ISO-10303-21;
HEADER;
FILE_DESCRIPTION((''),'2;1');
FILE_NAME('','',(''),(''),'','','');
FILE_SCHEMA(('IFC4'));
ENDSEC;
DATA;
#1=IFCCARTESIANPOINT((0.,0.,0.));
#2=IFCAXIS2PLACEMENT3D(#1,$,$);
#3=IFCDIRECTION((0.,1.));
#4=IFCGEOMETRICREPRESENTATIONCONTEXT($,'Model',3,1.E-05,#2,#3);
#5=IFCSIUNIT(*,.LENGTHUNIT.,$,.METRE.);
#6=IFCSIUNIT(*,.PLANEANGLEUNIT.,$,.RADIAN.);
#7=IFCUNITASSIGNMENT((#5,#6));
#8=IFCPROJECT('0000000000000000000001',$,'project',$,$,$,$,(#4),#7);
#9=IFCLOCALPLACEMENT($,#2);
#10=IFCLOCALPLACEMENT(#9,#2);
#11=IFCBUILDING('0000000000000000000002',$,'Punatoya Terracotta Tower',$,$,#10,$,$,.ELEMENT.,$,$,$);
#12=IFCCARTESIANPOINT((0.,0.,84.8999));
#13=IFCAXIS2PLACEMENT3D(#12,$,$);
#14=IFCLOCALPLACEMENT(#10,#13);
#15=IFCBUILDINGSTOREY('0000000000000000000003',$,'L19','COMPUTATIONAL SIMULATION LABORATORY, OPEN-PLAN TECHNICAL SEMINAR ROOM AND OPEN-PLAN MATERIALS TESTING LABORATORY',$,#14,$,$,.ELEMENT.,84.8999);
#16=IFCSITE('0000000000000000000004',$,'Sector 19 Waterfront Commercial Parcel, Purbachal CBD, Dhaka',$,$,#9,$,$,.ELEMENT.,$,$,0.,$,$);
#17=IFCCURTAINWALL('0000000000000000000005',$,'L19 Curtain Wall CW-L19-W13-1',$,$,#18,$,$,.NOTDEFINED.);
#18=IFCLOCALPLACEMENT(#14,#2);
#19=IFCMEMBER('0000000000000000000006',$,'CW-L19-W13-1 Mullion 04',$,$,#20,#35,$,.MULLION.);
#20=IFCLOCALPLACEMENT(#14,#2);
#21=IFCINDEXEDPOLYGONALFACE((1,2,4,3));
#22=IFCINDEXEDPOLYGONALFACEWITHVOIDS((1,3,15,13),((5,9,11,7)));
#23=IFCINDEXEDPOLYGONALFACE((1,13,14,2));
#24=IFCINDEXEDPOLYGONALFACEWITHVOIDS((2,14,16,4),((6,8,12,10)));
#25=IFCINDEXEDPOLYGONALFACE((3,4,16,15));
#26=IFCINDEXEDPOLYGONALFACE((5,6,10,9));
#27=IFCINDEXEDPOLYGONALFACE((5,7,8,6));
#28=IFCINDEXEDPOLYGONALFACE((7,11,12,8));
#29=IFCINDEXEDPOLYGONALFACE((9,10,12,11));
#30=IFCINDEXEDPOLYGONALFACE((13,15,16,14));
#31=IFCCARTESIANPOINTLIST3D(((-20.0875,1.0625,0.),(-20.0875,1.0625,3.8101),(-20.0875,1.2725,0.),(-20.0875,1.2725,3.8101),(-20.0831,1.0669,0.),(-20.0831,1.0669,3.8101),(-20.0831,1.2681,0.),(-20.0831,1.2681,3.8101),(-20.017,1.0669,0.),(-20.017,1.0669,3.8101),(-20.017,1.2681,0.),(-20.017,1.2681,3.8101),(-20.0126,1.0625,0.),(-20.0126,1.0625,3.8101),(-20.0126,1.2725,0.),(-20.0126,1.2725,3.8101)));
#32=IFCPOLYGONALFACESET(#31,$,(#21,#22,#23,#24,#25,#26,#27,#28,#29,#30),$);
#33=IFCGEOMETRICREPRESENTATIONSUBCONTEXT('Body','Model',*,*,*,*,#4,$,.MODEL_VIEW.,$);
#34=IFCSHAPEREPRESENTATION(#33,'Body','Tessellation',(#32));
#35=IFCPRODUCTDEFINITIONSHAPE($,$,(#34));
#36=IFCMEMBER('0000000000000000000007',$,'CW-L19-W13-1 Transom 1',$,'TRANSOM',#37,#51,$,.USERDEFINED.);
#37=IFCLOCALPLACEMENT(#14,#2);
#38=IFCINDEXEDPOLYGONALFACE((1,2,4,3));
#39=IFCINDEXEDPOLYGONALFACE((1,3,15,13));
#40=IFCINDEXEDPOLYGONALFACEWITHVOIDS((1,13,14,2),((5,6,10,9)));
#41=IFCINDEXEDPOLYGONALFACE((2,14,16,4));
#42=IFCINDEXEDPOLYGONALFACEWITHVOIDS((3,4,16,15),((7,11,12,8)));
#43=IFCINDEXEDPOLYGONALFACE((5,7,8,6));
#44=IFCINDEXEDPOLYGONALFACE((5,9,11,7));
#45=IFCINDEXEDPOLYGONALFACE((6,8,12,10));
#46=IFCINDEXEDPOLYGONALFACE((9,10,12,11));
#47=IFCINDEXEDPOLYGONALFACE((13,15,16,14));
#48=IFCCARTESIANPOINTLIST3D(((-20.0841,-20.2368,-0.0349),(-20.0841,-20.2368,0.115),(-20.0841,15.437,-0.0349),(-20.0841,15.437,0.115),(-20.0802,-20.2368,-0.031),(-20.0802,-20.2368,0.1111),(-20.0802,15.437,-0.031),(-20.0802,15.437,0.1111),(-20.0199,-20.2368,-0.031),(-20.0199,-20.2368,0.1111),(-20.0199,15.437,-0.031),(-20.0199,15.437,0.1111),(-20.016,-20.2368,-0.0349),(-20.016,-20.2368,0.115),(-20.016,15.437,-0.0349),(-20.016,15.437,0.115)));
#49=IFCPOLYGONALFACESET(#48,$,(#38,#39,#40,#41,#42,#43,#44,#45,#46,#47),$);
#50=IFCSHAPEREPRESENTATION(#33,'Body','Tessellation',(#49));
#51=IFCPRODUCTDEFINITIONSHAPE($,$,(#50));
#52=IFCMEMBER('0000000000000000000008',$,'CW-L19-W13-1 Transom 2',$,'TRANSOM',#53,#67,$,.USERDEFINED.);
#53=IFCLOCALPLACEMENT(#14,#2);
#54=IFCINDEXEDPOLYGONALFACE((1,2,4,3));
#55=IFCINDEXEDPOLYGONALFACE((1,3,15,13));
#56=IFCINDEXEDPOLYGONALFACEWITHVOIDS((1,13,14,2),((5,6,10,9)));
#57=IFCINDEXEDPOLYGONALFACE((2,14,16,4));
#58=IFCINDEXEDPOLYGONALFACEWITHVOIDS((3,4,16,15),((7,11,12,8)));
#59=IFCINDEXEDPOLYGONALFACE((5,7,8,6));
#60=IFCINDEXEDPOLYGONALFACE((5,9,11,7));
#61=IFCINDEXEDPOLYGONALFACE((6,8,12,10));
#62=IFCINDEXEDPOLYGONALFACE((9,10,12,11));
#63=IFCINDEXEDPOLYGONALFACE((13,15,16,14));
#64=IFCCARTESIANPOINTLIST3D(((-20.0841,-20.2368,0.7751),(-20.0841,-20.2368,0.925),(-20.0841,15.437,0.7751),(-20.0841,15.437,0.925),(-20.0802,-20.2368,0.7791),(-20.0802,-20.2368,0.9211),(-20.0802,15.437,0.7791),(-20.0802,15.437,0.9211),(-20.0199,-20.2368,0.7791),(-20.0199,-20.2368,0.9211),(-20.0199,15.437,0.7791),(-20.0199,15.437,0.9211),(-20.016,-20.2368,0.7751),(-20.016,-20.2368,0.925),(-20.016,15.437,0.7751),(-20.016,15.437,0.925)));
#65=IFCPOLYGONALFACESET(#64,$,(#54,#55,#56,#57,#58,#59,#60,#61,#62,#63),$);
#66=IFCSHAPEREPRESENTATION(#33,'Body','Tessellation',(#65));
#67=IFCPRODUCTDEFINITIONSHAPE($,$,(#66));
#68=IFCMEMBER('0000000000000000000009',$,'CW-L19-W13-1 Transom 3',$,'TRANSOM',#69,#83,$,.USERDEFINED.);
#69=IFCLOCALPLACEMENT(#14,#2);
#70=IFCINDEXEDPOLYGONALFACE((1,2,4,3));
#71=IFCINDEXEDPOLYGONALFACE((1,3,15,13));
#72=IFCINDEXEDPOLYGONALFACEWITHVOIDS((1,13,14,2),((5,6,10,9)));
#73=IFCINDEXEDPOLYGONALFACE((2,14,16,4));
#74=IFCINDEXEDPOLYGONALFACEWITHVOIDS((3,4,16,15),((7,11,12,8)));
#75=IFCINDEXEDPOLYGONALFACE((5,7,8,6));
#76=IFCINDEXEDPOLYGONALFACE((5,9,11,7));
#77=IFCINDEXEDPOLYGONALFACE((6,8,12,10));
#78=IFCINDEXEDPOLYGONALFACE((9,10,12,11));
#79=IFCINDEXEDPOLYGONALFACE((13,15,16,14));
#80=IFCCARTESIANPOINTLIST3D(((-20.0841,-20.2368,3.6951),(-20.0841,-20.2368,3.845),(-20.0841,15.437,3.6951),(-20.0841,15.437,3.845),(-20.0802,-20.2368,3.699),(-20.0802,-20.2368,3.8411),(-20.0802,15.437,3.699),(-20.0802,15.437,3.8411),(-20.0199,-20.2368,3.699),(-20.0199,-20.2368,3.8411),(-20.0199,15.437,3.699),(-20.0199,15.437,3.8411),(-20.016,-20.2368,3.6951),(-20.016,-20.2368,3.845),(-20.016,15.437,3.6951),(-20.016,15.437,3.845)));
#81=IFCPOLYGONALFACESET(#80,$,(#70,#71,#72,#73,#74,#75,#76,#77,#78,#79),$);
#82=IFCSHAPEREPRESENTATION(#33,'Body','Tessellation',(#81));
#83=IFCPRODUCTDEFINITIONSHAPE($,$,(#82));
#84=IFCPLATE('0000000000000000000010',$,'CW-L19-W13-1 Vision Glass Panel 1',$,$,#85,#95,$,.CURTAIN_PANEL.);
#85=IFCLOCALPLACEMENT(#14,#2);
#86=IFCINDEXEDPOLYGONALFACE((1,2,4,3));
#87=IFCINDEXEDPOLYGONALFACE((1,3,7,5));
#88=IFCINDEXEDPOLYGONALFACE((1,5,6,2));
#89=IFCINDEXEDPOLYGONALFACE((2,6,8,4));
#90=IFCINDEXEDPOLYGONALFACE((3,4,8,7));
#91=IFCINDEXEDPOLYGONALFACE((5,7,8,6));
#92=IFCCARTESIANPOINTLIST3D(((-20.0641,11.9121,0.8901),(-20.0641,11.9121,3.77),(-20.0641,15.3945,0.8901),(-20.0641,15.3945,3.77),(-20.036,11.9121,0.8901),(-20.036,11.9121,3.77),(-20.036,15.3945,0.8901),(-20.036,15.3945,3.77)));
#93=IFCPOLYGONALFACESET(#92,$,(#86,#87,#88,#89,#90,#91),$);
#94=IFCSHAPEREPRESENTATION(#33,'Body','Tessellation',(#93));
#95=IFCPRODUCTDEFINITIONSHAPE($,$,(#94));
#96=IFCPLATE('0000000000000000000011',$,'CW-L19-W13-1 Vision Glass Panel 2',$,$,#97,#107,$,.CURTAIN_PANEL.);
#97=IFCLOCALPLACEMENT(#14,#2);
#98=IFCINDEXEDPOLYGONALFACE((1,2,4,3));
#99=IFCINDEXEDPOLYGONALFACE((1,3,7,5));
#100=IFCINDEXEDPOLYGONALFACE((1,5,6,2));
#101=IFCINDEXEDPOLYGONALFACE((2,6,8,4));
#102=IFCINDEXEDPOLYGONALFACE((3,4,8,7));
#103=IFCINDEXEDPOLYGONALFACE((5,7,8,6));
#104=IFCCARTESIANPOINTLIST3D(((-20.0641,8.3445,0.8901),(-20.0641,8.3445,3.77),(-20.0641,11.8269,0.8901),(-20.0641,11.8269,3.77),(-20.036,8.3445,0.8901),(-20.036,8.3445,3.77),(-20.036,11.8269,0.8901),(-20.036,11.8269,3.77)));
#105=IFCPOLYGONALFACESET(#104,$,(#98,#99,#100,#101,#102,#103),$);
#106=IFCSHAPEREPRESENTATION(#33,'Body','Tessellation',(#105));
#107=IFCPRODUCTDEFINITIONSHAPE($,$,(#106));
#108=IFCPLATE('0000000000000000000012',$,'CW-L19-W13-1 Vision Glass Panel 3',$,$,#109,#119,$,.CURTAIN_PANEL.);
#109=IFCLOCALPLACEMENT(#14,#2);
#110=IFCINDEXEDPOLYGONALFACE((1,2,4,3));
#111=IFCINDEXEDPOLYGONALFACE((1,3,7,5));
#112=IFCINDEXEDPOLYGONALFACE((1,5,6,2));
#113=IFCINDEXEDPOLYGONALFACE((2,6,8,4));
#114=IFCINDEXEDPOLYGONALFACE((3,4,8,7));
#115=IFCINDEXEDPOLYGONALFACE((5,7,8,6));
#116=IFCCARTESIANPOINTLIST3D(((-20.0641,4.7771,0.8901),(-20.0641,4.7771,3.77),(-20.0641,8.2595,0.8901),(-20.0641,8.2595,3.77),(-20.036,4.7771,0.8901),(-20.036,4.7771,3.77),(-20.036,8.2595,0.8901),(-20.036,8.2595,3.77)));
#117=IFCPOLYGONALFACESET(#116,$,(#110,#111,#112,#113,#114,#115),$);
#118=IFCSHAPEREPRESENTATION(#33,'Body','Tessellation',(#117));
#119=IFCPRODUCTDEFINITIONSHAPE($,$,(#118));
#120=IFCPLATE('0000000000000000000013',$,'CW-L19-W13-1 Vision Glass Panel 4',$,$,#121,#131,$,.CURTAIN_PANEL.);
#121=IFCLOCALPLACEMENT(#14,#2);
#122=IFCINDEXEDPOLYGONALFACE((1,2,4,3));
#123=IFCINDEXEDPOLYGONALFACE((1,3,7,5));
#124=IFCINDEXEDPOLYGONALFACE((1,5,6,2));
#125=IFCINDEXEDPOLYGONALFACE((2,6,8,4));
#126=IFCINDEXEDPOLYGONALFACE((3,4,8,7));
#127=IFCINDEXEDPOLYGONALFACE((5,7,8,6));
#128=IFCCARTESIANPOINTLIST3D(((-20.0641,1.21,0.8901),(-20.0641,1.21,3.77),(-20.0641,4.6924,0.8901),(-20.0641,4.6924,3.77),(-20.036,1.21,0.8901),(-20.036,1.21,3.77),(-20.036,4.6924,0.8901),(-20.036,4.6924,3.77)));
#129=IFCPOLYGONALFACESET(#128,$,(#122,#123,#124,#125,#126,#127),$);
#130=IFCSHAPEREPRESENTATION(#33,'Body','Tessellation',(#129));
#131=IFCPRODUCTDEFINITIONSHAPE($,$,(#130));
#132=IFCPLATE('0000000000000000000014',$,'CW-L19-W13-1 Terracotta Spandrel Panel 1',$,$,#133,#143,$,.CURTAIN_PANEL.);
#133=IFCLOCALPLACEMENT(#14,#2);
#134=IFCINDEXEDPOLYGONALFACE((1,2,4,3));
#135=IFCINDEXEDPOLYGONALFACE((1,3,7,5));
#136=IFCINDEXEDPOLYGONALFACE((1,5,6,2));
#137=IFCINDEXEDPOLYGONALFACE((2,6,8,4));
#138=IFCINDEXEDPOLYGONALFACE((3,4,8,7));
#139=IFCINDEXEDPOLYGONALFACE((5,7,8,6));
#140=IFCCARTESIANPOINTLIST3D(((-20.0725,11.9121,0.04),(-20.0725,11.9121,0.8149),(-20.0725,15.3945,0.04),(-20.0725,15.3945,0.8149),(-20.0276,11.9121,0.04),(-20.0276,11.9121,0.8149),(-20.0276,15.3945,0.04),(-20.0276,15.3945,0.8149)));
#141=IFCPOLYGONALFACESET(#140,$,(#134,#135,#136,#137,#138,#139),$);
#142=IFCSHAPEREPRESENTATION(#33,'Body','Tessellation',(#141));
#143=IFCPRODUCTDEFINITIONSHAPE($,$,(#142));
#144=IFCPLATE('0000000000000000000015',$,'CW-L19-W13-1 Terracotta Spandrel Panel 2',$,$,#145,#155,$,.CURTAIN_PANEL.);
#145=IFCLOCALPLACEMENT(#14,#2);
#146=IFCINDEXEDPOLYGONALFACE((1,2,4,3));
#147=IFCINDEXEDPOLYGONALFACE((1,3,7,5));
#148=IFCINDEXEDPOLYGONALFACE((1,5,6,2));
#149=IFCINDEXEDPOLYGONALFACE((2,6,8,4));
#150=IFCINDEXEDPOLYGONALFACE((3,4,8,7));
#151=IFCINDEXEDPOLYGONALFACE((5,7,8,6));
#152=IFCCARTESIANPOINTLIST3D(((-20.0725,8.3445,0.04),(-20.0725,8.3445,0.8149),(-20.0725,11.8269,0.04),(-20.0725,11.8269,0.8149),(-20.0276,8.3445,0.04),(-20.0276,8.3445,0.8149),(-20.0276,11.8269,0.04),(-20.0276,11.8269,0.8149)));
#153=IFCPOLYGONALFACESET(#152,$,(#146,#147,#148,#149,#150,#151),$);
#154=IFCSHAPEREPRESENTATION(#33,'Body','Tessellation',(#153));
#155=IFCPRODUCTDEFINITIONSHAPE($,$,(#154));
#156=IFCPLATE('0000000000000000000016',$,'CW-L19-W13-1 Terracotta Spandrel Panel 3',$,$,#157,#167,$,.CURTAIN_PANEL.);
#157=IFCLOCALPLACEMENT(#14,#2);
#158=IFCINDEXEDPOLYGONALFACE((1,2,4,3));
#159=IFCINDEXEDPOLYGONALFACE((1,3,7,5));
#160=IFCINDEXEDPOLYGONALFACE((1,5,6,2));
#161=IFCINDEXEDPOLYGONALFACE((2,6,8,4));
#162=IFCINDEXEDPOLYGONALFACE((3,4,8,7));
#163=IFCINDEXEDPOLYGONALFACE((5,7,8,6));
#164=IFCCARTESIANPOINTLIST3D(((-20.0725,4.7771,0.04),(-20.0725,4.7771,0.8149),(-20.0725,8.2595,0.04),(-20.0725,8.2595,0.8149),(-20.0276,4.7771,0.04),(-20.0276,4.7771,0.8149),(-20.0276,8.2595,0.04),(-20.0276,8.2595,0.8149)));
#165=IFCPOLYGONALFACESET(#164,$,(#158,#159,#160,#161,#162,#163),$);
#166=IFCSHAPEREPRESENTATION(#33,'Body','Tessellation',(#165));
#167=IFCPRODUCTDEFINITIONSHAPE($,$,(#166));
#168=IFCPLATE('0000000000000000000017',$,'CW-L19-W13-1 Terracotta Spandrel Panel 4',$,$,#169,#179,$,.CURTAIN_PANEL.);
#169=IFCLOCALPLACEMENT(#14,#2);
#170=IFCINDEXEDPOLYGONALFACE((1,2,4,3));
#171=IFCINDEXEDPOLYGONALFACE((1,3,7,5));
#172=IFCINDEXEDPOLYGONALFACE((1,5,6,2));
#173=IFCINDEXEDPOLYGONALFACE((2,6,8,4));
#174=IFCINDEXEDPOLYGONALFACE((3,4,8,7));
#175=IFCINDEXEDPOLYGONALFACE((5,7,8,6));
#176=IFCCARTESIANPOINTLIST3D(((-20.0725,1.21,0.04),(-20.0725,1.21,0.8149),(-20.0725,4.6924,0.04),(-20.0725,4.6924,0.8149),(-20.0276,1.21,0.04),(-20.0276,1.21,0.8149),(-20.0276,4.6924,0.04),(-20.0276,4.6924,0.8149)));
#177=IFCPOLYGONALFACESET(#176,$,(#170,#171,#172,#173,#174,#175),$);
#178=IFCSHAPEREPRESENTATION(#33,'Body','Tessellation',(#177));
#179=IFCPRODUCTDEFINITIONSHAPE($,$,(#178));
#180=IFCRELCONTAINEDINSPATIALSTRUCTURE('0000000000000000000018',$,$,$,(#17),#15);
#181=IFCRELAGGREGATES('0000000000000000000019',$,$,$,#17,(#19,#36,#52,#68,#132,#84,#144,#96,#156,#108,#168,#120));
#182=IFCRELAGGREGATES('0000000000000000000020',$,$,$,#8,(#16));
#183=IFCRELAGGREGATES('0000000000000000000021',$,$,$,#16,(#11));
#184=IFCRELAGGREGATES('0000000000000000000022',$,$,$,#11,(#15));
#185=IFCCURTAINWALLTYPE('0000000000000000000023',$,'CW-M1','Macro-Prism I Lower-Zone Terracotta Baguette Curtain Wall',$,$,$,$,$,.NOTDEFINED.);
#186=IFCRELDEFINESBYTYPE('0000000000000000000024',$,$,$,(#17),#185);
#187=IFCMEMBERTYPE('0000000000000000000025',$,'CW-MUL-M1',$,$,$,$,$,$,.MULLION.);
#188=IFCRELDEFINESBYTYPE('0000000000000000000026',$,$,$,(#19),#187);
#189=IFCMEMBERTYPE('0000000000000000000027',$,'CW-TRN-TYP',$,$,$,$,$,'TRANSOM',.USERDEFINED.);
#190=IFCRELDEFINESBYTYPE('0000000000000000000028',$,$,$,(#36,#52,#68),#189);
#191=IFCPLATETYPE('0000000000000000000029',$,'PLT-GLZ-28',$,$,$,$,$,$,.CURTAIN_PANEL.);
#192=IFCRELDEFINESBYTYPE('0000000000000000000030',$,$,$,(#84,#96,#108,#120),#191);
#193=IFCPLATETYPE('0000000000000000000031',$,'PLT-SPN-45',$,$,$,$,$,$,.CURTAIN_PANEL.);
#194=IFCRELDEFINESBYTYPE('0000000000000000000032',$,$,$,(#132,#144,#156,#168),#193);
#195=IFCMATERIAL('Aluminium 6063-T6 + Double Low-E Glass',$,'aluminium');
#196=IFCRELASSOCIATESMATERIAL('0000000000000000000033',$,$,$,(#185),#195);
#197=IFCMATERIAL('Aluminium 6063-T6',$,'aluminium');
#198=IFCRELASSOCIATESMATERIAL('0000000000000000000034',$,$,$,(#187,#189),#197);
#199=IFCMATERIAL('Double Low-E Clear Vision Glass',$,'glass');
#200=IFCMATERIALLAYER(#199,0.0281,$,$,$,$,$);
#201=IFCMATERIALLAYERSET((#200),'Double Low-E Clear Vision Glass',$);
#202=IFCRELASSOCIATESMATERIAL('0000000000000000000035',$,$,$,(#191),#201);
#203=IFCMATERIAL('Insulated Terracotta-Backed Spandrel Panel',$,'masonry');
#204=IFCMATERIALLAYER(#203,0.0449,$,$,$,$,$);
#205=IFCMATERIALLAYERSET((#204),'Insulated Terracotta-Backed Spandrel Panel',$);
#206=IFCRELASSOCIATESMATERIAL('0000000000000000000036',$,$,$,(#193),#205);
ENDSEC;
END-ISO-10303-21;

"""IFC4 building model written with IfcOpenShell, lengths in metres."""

from ifc_helpers import new_model, si_unit, direction, frame, origin, origin_2d, place, context, subcontext, project, spatial, rectangle, hollow_rectangle, extrude, material, layer, layer_set, material_profile, profile_set, type_object, element, aggregate, save


model = new_model("IFC4")

# Units and contexts
model_context = context("Model", 3, precision=1e-05, world=origin(), true_north=direction((0.0, 1.0)))
body_context = subcontext(model_context, "Body", "Model", "MODEL_VIEW")
ifc_project = project(units=[si_unit("LENGTHUNIT", "METRE"), si_unit("PLANEANGLEUNIT", "RADIAN")], contexts=[model_context])

# Site, building, storey
site_placement = place(None, origin())
site = spatial("IfcSite", under=ifc_project, at=site_placement, Name="Sector 19 Waterfront Commercial Parcel, Purbachal CBD, Dhaka", CompositionType="ELEMENT", RefElevation=0.0)
building_placement = place(site_placement, origin())
building = spatial("IfcBuilding", under=site, at=building_placement, Name="Punatoya Terracotta Tower", CompositionType="ELEMENT")
storey_placement = place(building_placement, frame((0.0, 0.0, 84.8999)))
storey = spatial("IfcBuildingStorey", under=building, at=storey_placement, Name="L19", Description="COMPUTATIONAL SIMULATION LABORATORY, OPEN-PLAN TECHNICAL SEMINAR ROOM AND OPEN-PLAN MATERIALS TESTING LABORATORY", CompositionType="ELEMENT", Elevation=84.8999)

# Shared definitions
ifc_material_1 = material(Name="Aluminium 6063-T6 + Double Low-E Glass", Category="aluminium")
curtain_wall_type = type_object("IfcCurtainWallType", Name="CW-M1", Description="Macro-Prism I Lower-Zone Terracotta Baguette Curtain Wall", PredefinedType="NOTDEFINED", material=ifc_material_1)
ifc_material_2 = material(Name="Aluminium 6063-T6", Category="aluminium")
ifc_material_profile_1 = material_profile(ifc_material_2, hollow_rectangle(XDim=0.075, YDim=0.21, WallThickness=0.0044, at=origin_2d()))
ifc_profile_set_1 = profile_set([ifc_material_profile_1], Name="Aluminium 6063-T6")
member_type_1 = type_object("IfcMemberType", Name="CW-MUL-M1", PredefinedType="MULLION", material=ifc_profile_set_1)

# Curtain wall, members, plates
curtain_wall_1_placement = place(storey_placement, origin())
curtain_wall_1 = element("IfcCurtainWall", 1, at=curtain_wall_1_placement, inside=storey, type_object=curtain_wall_type, Name="L19 Curtain Wall CW-L19-W13-1", PredefinedType="NOTDEFINED")
member_1_placement = place(storey_placement, frame((-20.05, 1.1675, 0.0), z_axis=(0.0, 0.0, 1.0), x_axis=(1.0, 0.0, 0.0)))
member_1 = element("IfcMember", 2, at=member_1_placement, type_object=member_type_1, Name="CW-L19-W13-1 Mullion 04", PredefinedType="MULLION", context=body_context, shape_type="SweptSolid", body=[
    extrude(hollow_rectangle(XDim=0.075, YDim=0.21, WallThickness=0.0044, at=origin_2d()), origin(), (0.0, 0.0, 1.0), 3.8101),
])
ifc_material_profile_2 = material_profile(ifc_material_2, hollow_rectangle(XDim=0.0681, YDim=0.1499, WallThickness=0.0039, at=origin_2d()))
ifc_profile_set_2 = profile_set([ifc_material_profile_2], Name="Aluminium 6063-T6")
member_type_2 = type_object("IfcMemberType", Name="CW-TRN-TYP", ElementType="TRANSOM", PredefinedType="USERDEFINED", material=ifc_profile_set_2)
member_2_placement = place(storey_placement, frame((-20.05, 15.437, 0.04), z_axis=(0.0, -1.0, 0.0), x_axis=(1.0, 0.0, 0.0)))
member_2 = element("IfcMember", 3, at=member_2_placement, type_object=member_type_2, Name="CW-L19-W13-1 Transom 1", ObjectType="TRANSOM", PredefinedType="USERDEFINED", context=body_context, shape_type="SweptSolid", body=[
    extrude(hollow_rectangle(XDim=0.0681, YDim=0.1499, WallThickness=0.0039, at=origin_2d()), origin(), (0.0, 0.0, 1.0), 35.6738),
])
member_3_placement = place(storey_placement, frame((-20.05, 15.437, 0.8501), z_axis=(0.0, -1.0, 0.0), x_axis=(1.0, 0.0, 0.0)))
member_3 = element("IfcMember", 4, at=member_3_placement, type_object=member_type_2, Name="CW-L19-W13-1 Transom 2", ObjectType="TRANSOM", PredefinedType="USERDEFINED", context=body_context, shape_type="SweptSolid", body=[
    extrude(hollow_rectangle(XDim=0.0681, YDim=0.1499, WallThickness=0.0039, at=origin_2d()), origin(), (0.0, 0.0, 1.0), 35.6738),
])
member_4_placement = place(storey_placement, frame((-20.05, 15.437, 3.77), z_axis=(0.0, -1.0, 0.0), x_axis=(1.0, 0.0, 0.0)))
member_4 = element("IfcMember", 5, at=member_4_placement, type_object=member_type_2, Name="CW-L19-W13-1 Transom 3", ObjectType="TRANSOM", PredefinedType="USERDEFINED", context=body_context, shape_type="SweptSolid", body=[
    extrude(hollow_rectangle(XDim=0.0681, YDim=0.1499, WallThickness=0.0039, at=origin_2d()), origin(), (0.0, 0.0, 1.0), 35.6738),
])
ifc_material_3 = material(Name="Double Low-E Clear Vision Glass", Category="glass")
ifc_layer_1 = layer(ifc_material_3, 0.0281)
ifc_layer_set_1 = layer_set([ifc_layer_1], Name="Double Low-E Clear Vision Glass")
plate_type_1 = type_object("IfcPlateType", Name="PLT-GLZ-28", PredefinedType="CURTAIN_PANEL", material=ifc_layer_set_1)
plate_1_placement = place(storey_placement, frame((-20.05, 13.6533, 0.8901), z_axis=(0.0, 0.0, 1.0), x_axis=(0.0, -1.0, 0.0)))
plate_1 = element("IfcPlate", 6, at=plate_1_placement, type_object=plate_type_1, Name="CW-L19-W13-1 Vision Glass Panel 1", PredefinedType="CURTAIN_PANEL", context=body_context, shape_type="SweptSolid", body=[
    extrude(rectangle(XDim=3.4824, YDim=0.0281, at=origin_2d()), origin(), (0.0, 0.0, 1.0), 2.8799),
])
plate_2_placement = place(storey_placement, frame((-20.05, 10.0857, 0.8901), z_axis=(0.0, 0.0, 1.0), x_axis=(0.0, -1.0, 0.0)))
plate_2 = element("IfcPlate", 7, at=plate_2_placement, type_object=plate_type_1, Name="CW-L19-W13-1 Vision Glass Panel 2", PredefinedType="CURTAIN_PANEL", context=body_context, shape_type="SweptSolid", body=[
    extrude(rectangle(XDim=3.4824, YDim=0.0281, at=origin_2d()), origin(), (0.0, 0.0, 1.0), 2.8799),
])
plate_3_placement = place(storey_placement, frame((-20.05, 6.5183, 0.8901), z_axis=(0.0, 0.0, 1.0), x_axis=(0.0, -1.0, 0.0)))
plate_3 = element("IfcPlate", 8, at=plate_3_placement, type_object=plate_type_1, Name="CW-L19-W13-1 Vision Glass Panel 3", PredefinedType="CURTAIN_PANEL", context=body_context, shape_type="SweptSolid", body=[
    extrude(rectangle(XDim=3.4824, YDim=0.0281, at=origin_2d()), origin(), (0.0, 0.0, 1.0), 2.8799),
])
plate_4_placement = place(storey_placement, frame((-20.05, 2.9512, 0.8901), z_axis=(0.0, 0.0, 1.0), x_axis=(0.0, -1.0, 0.0)))
plate_4 = element("IfcPlate", 9, at=plate_4_placement, type_object=plate_type_1, Name="CW-L19-W13-1 Vision Glass Panel 4", PredefinedType="CURTAIN_PANEL", context=body_context, shape_type="SweptSolid", body=[
    extrude(rectangle(XDim=3.4824, YDim=0.0281, at=origin_2d()), origin(), (0.0, 0.0, 1.0), 2.8799),
])
ifc_material_4 = material(Name="Insulated Terracotta-Backed Spandrel Panel", Category="masonry")
ifc_layer_2 = layer(ifc_material_4, 0.0449)
ifc_layer_set_2 = layer_set([ifc_layer_2], Name="Insulated Terracotta-Backed Spandrel Panel")
plate_type_2 = type_object("IfcPlateType", Name="PLT-SPN-45", PredefinedType="CURTAIN_PANEL", material=ifc_layer_set_2)
plate_5_placement = place(storey_placement, frame((-20.05, 13.6533, 0.04), z_axis=(0.0, 0.0, 1.0), x_axis=(0.0, -1.0, 0.0)))
plate_5 = element("IfcPlate", 10, at=plate_5_placement, type_object=plate_type_2, Name="CW-L19-W13-1 Terracotta Spandrel Panel 1", PredefinedType="CURTAIN_PANEL", context=body_context, shape_type="SweptSolid", body=[
    extrude(rectangle(XDim=3.4824, YDim=0.0449, at=origin_2d()), origin(), (0.0, 0.0, 1.0), 0.7749),
])
plate_6_placement = place(storey_placement, frame((-20.05, 10.0857, 0.04), z_axis=(0.0, 0.0, 1.0), x_axis=(0.0, -1.0, 0.0)))
plate_6 = element("IfcPlate", 11, at=plate_6_placement, type_object=plate_type_2, Name="CW-L19-W13-1 Terracotta Spandrel Panel 2", PredefinedType="CURTAIN_PANEL", context=body_context, shape_type="SweptSolid", body=[
    extrude(rectangle(XDim=3.4824, YDim=0.0449, at=origin_2d()), origin(), (0.0, 0.0, 1.0), 0.7749),
])
plate_7_placement = place(storey_placement, frame((-20.05, 6.5183, 0.04), z_axis=(0.0, 0.0, 1.0), x_axis=(0.0, -1.0, 0.0)))
plate_7 = element("IfcPlate", 12, at=plate_7_placement, type_object=plate_type_2, Name="CW-L19-W13-1 Terracotta Spandrel Panel 3", PredefinedType="CURTAIN_PANEL", context=body_context, shape_type="SweptSolid", body=[
    extrude(rectangle(XDim=3.4824, YDim=0.0449, at=origin_2d()), origin(), (0.0, 0.0, 1.0), 0.7749),
])
plate_8_placement = place(storey_placement, frame((-20.05, 2.9512, 0.04), z_axis=(0.0, 0.0, 1.0), x_axis=(0.0, -1.0, 0.0)))
plate_8 = element("IfcPlate", 13, at=plate_8_placement, type_object=plate_type_2, Name="CW-L19-W13-1 Terracotta Spandrel Panel 4", PredefinedType="CURTAIN_PANEL", context=body_context, shape_type="SweptSolid", body=[
    extrude(rectangle(XDim=3.4824, YDim=0.0449, at=origin_2d()), origin(), (0.0, 0.0, 1.0), 0.7749),
])
aggregate(curtain_wall_1, [member_1, member_2, member_3, member_4, plate_5, plate_1, plate_6, plate_2, plate_7, plate_3, plate_8, plate_4])

save(model, "model.ifc")
